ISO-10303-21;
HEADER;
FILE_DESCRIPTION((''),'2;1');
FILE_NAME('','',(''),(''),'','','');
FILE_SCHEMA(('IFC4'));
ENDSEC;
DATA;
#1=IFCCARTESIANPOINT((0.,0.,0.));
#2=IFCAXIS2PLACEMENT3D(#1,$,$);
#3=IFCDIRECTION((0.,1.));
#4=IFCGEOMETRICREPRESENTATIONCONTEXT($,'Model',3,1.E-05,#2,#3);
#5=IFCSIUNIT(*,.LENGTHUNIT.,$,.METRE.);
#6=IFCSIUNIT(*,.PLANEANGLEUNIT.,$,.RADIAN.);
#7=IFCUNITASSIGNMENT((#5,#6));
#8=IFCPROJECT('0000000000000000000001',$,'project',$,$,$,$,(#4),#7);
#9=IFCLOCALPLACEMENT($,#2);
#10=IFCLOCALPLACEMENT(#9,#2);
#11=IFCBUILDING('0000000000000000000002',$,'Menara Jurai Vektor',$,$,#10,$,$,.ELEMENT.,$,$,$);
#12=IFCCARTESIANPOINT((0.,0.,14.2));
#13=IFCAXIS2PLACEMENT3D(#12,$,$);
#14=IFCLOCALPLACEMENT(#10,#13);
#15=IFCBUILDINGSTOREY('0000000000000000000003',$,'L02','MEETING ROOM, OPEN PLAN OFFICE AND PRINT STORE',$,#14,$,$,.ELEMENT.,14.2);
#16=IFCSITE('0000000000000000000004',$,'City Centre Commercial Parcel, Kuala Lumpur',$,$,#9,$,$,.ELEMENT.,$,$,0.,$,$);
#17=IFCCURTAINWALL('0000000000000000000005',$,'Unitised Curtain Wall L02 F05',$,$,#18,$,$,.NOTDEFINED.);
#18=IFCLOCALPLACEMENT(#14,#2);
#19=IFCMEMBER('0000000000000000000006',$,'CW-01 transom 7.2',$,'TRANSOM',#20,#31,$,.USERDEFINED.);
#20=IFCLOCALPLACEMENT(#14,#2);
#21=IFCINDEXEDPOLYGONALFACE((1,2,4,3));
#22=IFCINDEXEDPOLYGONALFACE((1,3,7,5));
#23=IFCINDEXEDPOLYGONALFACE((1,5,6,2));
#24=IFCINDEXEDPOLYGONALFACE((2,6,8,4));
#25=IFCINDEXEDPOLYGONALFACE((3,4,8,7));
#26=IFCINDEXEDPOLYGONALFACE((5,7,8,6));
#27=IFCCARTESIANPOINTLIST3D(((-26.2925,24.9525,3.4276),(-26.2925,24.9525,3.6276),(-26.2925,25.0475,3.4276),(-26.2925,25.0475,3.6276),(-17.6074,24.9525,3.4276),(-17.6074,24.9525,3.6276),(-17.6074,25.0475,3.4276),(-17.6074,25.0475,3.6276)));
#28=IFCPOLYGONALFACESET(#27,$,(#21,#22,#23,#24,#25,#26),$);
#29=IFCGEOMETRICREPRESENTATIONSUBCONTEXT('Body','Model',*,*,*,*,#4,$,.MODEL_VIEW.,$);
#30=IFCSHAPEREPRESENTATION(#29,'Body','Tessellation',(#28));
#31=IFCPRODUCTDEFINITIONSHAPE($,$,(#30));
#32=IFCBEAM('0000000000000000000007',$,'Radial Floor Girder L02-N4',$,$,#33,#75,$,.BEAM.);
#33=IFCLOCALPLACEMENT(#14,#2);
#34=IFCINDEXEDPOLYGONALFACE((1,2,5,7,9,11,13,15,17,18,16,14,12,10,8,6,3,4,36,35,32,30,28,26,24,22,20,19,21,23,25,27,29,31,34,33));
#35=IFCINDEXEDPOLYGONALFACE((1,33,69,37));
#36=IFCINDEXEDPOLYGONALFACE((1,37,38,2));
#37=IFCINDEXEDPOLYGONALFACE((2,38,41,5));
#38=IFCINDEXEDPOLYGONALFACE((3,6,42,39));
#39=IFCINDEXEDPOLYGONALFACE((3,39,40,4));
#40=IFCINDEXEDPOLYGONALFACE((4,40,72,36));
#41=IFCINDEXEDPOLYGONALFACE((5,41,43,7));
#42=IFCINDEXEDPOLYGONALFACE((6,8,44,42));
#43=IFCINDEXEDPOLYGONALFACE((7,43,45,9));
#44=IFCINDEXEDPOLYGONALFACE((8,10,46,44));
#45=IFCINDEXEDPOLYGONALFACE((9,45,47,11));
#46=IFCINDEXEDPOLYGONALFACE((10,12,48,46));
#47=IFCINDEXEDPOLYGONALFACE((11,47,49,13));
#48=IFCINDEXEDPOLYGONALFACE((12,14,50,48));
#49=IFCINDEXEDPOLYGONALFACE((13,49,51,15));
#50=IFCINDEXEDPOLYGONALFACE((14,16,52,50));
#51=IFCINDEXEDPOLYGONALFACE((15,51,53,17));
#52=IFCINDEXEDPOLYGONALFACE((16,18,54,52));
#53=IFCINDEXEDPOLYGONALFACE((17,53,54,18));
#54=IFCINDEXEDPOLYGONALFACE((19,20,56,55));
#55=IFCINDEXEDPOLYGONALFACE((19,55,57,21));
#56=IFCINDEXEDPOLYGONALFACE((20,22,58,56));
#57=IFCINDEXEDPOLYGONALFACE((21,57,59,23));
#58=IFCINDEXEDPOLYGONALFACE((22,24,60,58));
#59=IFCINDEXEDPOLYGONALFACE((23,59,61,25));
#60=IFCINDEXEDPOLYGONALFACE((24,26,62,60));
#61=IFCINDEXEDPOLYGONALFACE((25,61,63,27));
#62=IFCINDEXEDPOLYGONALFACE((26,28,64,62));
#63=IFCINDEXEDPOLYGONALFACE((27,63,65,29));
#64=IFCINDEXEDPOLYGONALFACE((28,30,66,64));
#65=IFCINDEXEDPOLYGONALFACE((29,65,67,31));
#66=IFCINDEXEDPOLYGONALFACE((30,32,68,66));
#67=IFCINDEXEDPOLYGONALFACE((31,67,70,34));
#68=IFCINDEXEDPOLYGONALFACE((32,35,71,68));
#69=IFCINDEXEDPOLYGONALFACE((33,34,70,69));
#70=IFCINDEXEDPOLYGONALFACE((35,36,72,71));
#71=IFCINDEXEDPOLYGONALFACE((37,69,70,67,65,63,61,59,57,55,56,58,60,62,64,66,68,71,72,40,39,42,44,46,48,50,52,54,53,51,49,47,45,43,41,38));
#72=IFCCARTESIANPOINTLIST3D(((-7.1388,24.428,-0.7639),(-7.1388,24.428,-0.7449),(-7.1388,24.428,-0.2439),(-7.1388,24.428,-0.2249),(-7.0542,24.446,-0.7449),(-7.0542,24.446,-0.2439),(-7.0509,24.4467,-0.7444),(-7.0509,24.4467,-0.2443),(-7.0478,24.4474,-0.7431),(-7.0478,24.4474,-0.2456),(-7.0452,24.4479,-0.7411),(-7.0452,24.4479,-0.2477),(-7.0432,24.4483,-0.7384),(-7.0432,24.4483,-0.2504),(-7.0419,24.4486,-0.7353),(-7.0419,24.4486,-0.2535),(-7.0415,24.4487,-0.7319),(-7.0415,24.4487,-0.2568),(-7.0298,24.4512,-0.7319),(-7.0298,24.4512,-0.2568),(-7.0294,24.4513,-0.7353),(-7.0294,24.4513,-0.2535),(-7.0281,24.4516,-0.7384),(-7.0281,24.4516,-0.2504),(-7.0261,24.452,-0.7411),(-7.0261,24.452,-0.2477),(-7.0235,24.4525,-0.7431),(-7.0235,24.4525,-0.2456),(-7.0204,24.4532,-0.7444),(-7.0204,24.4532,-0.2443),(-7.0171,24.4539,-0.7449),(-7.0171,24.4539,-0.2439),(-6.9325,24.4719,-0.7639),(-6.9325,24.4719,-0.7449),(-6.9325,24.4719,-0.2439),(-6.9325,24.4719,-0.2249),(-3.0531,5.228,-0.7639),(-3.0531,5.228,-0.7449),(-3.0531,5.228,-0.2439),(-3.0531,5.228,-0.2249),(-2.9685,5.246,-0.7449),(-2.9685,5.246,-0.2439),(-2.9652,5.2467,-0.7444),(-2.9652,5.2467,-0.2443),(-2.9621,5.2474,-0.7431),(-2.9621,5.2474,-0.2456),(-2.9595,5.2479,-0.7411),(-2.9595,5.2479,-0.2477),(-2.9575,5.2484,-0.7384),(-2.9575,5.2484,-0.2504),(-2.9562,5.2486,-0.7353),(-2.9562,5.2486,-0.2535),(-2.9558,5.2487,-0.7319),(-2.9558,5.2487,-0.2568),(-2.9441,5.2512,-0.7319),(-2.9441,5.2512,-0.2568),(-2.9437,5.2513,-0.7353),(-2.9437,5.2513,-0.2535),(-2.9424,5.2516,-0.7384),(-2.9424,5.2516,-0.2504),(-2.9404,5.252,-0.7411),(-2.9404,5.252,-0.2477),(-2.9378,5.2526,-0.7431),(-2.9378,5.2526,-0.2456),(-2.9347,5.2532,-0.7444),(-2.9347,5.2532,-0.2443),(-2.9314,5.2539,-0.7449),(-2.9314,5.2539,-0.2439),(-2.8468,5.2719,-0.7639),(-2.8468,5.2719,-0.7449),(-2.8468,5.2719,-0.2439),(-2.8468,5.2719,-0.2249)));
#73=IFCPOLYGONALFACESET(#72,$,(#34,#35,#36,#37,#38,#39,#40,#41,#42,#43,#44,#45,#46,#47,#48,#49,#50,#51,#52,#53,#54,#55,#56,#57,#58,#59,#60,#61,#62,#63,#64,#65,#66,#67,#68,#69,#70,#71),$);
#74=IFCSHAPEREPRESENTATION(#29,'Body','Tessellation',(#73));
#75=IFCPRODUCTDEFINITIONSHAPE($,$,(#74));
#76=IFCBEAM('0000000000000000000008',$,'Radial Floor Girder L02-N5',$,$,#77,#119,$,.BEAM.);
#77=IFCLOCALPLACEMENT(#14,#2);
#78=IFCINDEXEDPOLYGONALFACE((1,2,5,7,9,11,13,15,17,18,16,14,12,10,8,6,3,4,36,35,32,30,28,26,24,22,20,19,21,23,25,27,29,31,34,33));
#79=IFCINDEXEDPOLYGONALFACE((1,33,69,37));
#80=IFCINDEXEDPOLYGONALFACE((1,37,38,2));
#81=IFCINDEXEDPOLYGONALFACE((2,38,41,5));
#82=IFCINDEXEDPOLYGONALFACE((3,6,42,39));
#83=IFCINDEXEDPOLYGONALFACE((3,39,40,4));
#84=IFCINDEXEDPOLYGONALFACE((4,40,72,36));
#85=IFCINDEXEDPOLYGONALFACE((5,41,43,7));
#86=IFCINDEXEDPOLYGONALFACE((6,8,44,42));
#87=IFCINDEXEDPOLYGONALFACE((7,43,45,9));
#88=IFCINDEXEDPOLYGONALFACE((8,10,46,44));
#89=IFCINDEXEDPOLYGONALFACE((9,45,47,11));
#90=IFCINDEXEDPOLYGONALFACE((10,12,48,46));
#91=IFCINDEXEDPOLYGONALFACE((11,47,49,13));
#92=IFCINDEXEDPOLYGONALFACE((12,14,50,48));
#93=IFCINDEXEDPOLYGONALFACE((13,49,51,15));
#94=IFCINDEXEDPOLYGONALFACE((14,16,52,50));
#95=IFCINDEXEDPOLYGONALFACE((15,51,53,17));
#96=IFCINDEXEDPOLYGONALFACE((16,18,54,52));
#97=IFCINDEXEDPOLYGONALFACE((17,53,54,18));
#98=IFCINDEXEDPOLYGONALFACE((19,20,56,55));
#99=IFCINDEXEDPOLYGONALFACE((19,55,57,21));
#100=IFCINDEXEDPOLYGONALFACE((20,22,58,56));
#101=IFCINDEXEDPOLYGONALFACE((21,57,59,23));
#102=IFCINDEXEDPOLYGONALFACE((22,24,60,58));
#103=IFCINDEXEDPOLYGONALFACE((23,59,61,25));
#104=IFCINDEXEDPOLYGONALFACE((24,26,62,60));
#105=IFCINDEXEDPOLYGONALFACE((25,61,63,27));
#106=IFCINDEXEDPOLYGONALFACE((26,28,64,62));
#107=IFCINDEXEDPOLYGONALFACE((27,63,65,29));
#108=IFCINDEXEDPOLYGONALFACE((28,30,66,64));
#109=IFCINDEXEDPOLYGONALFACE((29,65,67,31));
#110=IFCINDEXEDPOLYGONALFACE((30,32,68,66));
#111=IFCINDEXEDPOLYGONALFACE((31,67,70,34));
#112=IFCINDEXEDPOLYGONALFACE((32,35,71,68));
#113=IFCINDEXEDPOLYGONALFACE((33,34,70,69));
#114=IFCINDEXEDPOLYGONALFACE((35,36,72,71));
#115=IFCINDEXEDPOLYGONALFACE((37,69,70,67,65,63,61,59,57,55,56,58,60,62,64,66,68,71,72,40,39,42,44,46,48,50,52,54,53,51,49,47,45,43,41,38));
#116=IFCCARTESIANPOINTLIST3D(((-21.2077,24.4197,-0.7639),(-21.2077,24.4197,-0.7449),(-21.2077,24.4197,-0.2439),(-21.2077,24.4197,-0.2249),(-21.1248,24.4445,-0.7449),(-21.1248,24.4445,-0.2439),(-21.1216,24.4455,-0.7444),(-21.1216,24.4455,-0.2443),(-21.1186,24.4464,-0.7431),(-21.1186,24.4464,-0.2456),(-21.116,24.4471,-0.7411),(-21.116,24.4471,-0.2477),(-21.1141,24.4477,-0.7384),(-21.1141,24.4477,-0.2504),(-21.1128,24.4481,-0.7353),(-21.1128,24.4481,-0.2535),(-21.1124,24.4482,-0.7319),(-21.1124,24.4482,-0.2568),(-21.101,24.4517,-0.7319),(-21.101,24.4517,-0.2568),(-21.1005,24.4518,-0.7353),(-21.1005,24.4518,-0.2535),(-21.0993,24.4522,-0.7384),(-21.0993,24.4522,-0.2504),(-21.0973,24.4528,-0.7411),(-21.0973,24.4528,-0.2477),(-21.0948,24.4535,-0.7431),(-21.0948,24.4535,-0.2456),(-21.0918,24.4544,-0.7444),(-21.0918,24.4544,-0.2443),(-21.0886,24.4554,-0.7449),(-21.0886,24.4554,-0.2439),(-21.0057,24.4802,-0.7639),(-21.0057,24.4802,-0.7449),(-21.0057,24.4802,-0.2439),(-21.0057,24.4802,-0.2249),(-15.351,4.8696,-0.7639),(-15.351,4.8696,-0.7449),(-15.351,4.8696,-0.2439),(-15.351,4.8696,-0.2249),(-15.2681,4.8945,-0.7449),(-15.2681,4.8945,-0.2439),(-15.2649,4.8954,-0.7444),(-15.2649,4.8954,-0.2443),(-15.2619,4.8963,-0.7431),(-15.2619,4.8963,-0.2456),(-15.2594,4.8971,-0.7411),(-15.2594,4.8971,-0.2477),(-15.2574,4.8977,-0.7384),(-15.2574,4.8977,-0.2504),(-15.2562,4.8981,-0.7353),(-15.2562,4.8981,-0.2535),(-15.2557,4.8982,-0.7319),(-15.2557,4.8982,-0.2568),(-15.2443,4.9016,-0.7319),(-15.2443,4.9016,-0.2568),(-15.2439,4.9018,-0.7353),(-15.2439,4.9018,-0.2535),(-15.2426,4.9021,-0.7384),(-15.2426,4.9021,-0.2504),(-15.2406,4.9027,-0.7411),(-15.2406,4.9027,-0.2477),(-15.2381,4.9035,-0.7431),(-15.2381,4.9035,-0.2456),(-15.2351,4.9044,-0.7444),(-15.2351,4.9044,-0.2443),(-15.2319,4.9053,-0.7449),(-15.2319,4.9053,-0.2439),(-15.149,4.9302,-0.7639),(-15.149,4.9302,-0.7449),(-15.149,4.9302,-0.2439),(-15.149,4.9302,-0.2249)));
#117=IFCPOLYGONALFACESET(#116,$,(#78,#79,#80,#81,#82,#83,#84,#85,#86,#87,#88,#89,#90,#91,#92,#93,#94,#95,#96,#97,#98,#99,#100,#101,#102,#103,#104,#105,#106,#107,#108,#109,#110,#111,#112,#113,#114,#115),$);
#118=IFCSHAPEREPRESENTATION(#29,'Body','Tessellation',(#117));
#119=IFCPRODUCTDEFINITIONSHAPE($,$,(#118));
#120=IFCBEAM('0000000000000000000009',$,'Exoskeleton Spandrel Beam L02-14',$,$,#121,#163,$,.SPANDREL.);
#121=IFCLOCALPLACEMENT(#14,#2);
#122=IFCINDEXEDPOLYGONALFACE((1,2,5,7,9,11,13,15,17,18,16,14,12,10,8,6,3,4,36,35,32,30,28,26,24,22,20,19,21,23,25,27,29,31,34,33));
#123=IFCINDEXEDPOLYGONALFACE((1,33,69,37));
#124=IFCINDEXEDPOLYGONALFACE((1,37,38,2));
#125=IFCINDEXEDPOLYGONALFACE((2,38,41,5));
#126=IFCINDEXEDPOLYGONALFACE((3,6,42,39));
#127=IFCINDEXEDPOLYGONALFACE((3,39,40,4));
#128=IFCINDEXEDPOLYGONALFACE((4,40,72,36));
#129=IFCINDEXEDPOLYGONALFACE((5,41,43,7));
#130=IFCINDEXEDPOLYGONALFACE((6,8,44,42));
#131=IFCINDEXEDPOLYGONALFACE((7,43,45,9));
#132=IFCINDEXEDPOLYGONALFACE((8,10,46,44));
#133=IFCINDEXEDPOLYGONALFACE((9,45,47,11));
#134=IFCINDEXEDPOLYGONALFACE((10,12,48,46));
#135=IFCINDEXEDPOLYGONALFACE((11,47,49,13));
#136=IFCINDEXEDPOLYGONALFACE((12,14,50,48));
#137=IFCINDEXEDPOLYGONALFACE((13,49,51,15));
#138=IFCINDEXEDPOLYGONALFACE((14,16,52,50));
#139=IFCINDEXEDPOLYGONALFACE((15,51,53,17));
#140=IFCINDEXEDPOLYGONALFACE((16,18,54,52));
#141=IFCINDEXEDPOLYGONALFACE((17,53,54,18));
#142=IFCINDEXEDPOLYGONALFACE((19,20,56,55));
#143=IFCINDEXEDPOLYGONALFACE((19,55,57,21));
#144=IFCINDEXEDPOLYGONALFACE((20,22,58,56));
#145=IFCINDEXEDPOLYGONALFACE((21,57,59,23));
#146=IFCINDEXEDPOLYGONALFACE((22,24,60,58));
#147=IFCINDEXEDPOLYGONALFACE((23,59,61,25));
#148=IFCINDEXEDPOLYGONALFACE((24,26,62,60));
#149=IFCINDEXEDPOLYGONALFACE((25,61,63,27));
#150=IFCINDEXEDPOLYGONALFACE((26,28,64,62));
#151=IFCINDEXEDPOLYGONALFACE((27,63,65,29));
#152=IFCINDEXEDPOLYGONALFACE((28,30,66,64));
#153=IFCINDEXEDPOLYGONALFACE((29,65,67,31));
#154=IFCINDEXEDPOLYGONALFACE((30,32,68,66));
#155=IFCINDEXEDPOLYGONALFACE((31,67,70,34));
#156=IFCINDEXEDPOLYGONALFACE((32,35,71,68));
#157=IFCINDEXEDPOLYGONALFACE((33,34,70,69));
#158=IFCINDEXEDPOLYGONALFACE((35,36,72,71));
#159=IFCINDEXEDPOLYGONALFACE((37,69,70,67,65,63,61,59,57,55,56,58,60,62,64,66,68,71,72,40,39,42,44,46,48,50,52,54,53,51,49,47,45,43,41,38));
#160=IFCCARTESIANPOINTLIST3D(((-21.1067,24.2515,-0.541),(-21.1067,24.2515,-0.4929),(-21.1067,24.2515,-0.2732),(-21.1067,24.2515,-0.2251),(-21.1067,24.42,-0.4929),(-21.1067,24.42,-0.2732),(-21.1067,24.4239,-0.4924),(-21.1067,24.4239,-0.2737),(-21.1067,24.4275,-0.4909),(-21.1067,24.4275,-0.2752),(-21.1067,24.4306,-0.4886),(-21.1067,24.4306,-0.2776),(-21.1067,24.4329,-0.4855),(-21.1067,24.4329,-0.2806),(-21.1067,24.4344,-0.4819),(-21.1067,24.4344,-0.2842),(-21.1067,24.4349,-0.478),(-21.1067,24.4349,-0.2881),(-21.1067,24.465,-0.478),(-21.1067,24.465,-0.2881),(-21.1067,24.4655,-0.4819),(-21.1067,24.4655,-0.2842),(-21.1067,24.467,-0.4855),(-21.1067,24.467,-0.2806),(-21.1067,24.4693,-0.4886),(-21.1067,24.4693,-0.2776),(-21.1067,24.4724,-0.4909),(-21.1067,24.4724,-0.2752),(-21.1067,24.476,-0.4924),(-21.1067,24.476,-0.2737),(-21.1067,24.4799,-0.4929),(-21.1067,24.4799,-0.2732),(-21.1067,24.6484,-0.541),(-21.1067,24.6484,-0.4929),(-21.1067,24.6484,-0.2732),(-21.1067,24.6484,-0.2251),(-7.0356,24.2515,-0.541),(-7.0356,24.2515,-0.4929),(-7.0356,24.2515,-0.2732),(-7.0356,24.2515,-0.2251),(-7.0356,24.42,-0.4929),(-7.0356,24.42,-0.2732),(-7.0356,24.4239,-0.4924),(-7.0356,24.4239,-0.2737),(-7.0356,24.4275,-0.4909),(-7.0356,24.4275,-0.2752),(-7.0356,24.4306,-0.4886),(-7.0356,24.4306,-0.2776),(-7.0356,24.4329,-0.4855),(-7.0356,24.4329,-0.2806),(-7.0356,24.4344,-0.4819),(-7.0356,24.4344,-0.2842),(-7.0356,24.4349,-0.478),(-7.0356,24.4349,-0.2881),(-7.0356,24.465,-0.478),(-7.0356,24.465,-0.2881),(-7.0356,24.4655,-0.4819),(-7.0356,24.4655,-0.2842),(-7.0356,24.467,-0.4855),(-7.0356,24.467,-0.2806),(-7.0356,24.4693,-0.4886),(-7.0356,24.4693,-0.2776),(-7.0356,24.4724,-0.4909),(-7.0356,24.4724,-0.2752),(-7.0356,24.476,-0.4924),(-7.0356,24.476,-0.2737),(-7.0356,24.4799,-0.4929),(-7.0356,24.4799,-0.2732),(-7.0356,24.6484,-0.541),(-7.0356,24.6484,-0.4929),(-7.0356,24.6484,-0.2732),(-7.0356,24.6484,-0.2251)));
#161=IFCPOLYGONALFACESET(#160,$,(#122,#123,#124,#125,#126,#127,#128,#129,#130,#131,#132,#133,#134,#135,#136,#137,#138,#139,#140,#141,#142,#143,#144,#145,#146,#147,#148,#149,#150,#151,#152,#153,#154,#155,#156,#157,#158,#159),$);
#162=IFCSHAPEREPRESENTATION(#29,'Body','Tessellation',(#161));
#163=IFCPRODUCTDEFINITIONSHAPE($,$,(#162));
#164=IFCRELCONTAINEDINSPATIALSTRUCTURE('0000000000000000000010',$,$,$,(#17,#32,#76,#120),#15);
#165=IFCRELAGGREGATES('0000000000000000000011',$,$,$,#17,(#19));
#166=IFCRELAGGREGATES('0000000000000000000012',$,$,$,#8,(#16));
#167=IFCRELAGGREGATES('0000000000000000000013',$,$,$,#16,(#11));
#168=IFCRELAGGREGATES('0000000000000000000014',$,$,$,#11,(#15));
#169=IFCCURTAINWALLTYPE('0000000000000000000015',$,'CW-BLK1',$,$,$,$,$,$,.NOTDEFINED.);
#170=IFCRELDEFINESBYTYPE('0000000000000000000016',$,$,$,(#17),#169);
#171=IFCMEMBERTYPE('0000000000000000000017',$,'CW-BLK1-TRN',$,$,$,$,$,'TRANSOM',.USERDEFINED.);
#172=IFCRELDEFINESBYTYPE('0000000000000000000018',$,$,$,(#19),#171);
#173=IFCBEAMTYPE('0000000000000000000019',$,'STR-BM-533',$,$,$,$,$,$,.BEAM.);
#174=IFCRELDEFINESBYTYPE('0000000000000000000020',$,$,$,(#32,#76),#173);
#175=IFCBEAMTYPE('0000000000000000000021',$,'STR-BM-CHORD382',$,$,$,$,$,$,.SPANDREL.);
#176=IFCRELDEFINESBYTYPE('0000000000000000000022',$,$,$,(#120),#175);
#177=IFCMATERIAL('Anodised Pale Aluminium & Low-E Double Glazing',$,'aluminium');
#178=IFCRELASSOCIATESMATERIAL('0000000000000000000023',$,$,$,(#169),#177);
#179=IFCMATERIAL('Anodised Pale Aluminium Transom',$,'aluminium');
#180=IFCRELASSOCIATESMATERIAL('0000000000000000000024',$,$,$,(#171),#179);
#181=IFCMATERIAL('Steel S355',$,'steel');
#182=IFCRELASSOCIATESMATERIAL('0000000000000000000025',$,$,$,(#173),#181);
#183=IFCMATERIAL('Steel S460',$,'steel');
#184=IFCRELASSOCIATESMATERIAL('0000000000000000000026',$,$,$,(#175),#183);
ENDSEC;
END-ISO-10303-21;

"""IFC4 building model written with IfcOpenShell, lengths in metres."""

from ifc_helpers import new_model, si_unit, direction, frame, origin, origin_2d, place, context, subcontext, project, spatial, rectangle, i_section, extrude, material, material_profile, profile_set, type_object, element, aggregate, save


model = new_model("IFC4")

# Units and contexts
model_context = context("Model", 3, precision=1e-05, world=origin(), true_north=direction((0.0, 1.0)))
body_context = subcontext(model_context, "Body", "Model", "MODEL_VIEW")
ifc_project = project(units=[si_unit("LENGTHUNIT", "METRE"), si_unit("PLANEANGLEUNIT", "RADIAN")], contexts=[model_context])

# Site, building, storey
site_placement = place(None, origin())
site = spatial("IfcSite", under=ifc_project, at=site_placement, Name="City Centre Commercial Parcel, Kuala Lumpur", CompositionType="ELEMENT", RefElevation=0.0)
building_placement = place(site_placement, origin())
building = spatial("IfcBuilding", under=site, at=building_placement, Name="Menara Jurai Vektor", CompositionType="ELEMENT")
storey_placement = place(building_placement, frame((0.0, 0.0, 14.2)))
storey = spatial("IfcBuildingStorey", under=building, at=storey_placement, Name="L02", Description="MEETING ROOM, OPEN PLAN OFFICE AND PRINT STORE", CompositionType="ELEMENT", Elevation=14.2)

# Shared definitions
ifc_material_1 = material(Name="Steel S460", Category="steel")

# Curtain wall, member
ifc_material_2 = material(Name="Anodised Pale Aluminium & Low-E Double Glazing", Category="aluminium")
curtain_wall_type = type_object("IfcCurtainWallType", Name="CW-BLK1", PredefinedType="NOTDEFINED", material=ifc_material_2)
curtain_wall_placement = place(storey_placement, origin())
curtain_wall = element("IfcCurtainWall", 1, at=curtain_wall_placement, inside=storey, type_object=curtain_wall_type, Name="Unitised Curtain Wall L02 F05", PredefinedType="NOTDEFINED")
ifc_material_3 = material(Name="Anodised Pale Aluminium Transom", Category="aluminium")
ifc_material_profile_1 = material_profile(ifc_material_3, rectangle(XDim=0.095, YDim=0.2, at=origin_2d()), Name="ALU TRN 95x200")
ifc_profile_set_1 = profile_set([ifc_material_profile_1], Name="Anodised Pale Aluminium Transom")
member_type_1 = type_object("IfcMemberType", Name="CW-BLK1-TRN", ElementType="TRANSOM", PredefinedType="USERDEFINED", material=ifc_profile_set_1)
member_1_placement = place(storey_placement, frame((-17.6074, 25.0, 3.5276), z_axis=(-1.0, 0.0, 0.0), x_axis=(0.0, -1.0, 0.0)))
member_1 = element("IfcMember", 2, at=member_1_placement, type_object=member_type_1, Name="CW-01 transom 7.2", ObjectType="TRANSOM", PredefinedType="USERDEFINED", context=body_context, shape_type="SweptSolid", body=[
    extrude(rectangle(XDim=0.095, YDim=0.2, at=origin_2d()), origin(), (0.0, 0.0, 1.0), 8.6851),
])

# Beams
ifc_material_4 = material(Name="Steel S355", Category="steel")
ifc_material_profile_2 = material_profile(ifc_material_4, i_section(OverallWidth=0.2109, OverallDepth=0.5391, WebThickness=0.012, FlangeThickness=0.019, FilletRadius=0.0129, at=origin_2d()), Name="UKB 533x210x109")
ifc_profile_set_2 = profile_set([ifc_material_profile_2], Name="Steel S355")
beam_type_1 = type_object("IfcBeamType", Name="STR-BM-533", PredefinedType="BEAM", material=ifc_profile_set_2)
beam_1_placement = place(storey_placement, frame((-7.0356, 24.45, -0.4944), z_axis=(0.208137, -0.9781, 0.0), x_axis=(0.9781, 0.208137, 0.0)))
element("IfcBeam", 3, at=beam_1_placement, inside=storey, type_object=beam_type_1, Name="Radial Floor Girder L02-N4", PredefinedType="BEAM", context=body_context, shape_type="SweptSolid", body=[
    extrude(i_section(OverallWidth=0.2109, OverallDepth=0.5391, WebThickness=0.012, FlangeThickness=0.019, FilletRadius=0.0129, at=origin_2d()), origin(), (0.0, 0.0, 1.0), 19.6299),
])
beam_2_placement = place(storey_placement, frame((-21.1067, 24.45, -0.4944), z_axis=(0.286974, -0.957938, 0.0), x_axis=(0.957938, 0.286974, 0.0)))
element("IfcBeam", 4, at=beam_2_placement, inside=storey, type_object=beam_type_1, Name="Radial Floor Girder L02-N5", PredefinedType="BEAM", context=body_context, shape_type="SweptSolid", body=[
    extrude(i_section(OverallWidth=0.2109, OverallDepth=0.5391, WebThickness=0.012, FlangeThickness=0.019, FilletRadius=0.0129, at=origin_2d()), origin(), (0.0, 0.0, 1.0), 20.4084),
])
ifc_material_profile_3 = material_profile(ifc_material_1, i_section(OverallWidth=0.397, OverallDepth=0.3159, WebThickness=0.03, FlangeThickness=0.0481, FilletRadius=0.0149, at=origin_2d()), Name="HD 400x382")
ifc_profile_set_3 = profile_set([ifc_material_profile_3], Name="Steel S460")
beam_type_2 = type_object("IfcBeamType", Name="STR-BM-CHORD382", PredefinedType="SPANDREL", material=ifc_profile_set_3)
for number, where, z_axis, x_axis, name in (
    (5, (-7.0356, 24.45, -0.3831), (-1.0, 0.0, 0.0), (0.0, -1.0, 0.0), "Exoskeleton Spandrel Beam L02-14"),
):
    element("IfcBeam", number, at=place(storey_placement, frame(where, z_axis=z_axis, x_axis=x_axis)), inside=storey, type_object=beam_type_2, Name=name, PredefinedType="SPANDREL", context=body_context, shape_type="SweptSolid", body=[
        extrude(i_section(OverallWidth=0.397, OverallDepth=0.3159, WebThickness=0.03, FlangeThickness=0.0481, FilletRadius=0.0149, at=origin_2d()), origin(), (0.0, 0.0, 1.0), 14.071),
    ])

aggregate(curtain_wall, [member_1])

save(model, "model.ifc")
